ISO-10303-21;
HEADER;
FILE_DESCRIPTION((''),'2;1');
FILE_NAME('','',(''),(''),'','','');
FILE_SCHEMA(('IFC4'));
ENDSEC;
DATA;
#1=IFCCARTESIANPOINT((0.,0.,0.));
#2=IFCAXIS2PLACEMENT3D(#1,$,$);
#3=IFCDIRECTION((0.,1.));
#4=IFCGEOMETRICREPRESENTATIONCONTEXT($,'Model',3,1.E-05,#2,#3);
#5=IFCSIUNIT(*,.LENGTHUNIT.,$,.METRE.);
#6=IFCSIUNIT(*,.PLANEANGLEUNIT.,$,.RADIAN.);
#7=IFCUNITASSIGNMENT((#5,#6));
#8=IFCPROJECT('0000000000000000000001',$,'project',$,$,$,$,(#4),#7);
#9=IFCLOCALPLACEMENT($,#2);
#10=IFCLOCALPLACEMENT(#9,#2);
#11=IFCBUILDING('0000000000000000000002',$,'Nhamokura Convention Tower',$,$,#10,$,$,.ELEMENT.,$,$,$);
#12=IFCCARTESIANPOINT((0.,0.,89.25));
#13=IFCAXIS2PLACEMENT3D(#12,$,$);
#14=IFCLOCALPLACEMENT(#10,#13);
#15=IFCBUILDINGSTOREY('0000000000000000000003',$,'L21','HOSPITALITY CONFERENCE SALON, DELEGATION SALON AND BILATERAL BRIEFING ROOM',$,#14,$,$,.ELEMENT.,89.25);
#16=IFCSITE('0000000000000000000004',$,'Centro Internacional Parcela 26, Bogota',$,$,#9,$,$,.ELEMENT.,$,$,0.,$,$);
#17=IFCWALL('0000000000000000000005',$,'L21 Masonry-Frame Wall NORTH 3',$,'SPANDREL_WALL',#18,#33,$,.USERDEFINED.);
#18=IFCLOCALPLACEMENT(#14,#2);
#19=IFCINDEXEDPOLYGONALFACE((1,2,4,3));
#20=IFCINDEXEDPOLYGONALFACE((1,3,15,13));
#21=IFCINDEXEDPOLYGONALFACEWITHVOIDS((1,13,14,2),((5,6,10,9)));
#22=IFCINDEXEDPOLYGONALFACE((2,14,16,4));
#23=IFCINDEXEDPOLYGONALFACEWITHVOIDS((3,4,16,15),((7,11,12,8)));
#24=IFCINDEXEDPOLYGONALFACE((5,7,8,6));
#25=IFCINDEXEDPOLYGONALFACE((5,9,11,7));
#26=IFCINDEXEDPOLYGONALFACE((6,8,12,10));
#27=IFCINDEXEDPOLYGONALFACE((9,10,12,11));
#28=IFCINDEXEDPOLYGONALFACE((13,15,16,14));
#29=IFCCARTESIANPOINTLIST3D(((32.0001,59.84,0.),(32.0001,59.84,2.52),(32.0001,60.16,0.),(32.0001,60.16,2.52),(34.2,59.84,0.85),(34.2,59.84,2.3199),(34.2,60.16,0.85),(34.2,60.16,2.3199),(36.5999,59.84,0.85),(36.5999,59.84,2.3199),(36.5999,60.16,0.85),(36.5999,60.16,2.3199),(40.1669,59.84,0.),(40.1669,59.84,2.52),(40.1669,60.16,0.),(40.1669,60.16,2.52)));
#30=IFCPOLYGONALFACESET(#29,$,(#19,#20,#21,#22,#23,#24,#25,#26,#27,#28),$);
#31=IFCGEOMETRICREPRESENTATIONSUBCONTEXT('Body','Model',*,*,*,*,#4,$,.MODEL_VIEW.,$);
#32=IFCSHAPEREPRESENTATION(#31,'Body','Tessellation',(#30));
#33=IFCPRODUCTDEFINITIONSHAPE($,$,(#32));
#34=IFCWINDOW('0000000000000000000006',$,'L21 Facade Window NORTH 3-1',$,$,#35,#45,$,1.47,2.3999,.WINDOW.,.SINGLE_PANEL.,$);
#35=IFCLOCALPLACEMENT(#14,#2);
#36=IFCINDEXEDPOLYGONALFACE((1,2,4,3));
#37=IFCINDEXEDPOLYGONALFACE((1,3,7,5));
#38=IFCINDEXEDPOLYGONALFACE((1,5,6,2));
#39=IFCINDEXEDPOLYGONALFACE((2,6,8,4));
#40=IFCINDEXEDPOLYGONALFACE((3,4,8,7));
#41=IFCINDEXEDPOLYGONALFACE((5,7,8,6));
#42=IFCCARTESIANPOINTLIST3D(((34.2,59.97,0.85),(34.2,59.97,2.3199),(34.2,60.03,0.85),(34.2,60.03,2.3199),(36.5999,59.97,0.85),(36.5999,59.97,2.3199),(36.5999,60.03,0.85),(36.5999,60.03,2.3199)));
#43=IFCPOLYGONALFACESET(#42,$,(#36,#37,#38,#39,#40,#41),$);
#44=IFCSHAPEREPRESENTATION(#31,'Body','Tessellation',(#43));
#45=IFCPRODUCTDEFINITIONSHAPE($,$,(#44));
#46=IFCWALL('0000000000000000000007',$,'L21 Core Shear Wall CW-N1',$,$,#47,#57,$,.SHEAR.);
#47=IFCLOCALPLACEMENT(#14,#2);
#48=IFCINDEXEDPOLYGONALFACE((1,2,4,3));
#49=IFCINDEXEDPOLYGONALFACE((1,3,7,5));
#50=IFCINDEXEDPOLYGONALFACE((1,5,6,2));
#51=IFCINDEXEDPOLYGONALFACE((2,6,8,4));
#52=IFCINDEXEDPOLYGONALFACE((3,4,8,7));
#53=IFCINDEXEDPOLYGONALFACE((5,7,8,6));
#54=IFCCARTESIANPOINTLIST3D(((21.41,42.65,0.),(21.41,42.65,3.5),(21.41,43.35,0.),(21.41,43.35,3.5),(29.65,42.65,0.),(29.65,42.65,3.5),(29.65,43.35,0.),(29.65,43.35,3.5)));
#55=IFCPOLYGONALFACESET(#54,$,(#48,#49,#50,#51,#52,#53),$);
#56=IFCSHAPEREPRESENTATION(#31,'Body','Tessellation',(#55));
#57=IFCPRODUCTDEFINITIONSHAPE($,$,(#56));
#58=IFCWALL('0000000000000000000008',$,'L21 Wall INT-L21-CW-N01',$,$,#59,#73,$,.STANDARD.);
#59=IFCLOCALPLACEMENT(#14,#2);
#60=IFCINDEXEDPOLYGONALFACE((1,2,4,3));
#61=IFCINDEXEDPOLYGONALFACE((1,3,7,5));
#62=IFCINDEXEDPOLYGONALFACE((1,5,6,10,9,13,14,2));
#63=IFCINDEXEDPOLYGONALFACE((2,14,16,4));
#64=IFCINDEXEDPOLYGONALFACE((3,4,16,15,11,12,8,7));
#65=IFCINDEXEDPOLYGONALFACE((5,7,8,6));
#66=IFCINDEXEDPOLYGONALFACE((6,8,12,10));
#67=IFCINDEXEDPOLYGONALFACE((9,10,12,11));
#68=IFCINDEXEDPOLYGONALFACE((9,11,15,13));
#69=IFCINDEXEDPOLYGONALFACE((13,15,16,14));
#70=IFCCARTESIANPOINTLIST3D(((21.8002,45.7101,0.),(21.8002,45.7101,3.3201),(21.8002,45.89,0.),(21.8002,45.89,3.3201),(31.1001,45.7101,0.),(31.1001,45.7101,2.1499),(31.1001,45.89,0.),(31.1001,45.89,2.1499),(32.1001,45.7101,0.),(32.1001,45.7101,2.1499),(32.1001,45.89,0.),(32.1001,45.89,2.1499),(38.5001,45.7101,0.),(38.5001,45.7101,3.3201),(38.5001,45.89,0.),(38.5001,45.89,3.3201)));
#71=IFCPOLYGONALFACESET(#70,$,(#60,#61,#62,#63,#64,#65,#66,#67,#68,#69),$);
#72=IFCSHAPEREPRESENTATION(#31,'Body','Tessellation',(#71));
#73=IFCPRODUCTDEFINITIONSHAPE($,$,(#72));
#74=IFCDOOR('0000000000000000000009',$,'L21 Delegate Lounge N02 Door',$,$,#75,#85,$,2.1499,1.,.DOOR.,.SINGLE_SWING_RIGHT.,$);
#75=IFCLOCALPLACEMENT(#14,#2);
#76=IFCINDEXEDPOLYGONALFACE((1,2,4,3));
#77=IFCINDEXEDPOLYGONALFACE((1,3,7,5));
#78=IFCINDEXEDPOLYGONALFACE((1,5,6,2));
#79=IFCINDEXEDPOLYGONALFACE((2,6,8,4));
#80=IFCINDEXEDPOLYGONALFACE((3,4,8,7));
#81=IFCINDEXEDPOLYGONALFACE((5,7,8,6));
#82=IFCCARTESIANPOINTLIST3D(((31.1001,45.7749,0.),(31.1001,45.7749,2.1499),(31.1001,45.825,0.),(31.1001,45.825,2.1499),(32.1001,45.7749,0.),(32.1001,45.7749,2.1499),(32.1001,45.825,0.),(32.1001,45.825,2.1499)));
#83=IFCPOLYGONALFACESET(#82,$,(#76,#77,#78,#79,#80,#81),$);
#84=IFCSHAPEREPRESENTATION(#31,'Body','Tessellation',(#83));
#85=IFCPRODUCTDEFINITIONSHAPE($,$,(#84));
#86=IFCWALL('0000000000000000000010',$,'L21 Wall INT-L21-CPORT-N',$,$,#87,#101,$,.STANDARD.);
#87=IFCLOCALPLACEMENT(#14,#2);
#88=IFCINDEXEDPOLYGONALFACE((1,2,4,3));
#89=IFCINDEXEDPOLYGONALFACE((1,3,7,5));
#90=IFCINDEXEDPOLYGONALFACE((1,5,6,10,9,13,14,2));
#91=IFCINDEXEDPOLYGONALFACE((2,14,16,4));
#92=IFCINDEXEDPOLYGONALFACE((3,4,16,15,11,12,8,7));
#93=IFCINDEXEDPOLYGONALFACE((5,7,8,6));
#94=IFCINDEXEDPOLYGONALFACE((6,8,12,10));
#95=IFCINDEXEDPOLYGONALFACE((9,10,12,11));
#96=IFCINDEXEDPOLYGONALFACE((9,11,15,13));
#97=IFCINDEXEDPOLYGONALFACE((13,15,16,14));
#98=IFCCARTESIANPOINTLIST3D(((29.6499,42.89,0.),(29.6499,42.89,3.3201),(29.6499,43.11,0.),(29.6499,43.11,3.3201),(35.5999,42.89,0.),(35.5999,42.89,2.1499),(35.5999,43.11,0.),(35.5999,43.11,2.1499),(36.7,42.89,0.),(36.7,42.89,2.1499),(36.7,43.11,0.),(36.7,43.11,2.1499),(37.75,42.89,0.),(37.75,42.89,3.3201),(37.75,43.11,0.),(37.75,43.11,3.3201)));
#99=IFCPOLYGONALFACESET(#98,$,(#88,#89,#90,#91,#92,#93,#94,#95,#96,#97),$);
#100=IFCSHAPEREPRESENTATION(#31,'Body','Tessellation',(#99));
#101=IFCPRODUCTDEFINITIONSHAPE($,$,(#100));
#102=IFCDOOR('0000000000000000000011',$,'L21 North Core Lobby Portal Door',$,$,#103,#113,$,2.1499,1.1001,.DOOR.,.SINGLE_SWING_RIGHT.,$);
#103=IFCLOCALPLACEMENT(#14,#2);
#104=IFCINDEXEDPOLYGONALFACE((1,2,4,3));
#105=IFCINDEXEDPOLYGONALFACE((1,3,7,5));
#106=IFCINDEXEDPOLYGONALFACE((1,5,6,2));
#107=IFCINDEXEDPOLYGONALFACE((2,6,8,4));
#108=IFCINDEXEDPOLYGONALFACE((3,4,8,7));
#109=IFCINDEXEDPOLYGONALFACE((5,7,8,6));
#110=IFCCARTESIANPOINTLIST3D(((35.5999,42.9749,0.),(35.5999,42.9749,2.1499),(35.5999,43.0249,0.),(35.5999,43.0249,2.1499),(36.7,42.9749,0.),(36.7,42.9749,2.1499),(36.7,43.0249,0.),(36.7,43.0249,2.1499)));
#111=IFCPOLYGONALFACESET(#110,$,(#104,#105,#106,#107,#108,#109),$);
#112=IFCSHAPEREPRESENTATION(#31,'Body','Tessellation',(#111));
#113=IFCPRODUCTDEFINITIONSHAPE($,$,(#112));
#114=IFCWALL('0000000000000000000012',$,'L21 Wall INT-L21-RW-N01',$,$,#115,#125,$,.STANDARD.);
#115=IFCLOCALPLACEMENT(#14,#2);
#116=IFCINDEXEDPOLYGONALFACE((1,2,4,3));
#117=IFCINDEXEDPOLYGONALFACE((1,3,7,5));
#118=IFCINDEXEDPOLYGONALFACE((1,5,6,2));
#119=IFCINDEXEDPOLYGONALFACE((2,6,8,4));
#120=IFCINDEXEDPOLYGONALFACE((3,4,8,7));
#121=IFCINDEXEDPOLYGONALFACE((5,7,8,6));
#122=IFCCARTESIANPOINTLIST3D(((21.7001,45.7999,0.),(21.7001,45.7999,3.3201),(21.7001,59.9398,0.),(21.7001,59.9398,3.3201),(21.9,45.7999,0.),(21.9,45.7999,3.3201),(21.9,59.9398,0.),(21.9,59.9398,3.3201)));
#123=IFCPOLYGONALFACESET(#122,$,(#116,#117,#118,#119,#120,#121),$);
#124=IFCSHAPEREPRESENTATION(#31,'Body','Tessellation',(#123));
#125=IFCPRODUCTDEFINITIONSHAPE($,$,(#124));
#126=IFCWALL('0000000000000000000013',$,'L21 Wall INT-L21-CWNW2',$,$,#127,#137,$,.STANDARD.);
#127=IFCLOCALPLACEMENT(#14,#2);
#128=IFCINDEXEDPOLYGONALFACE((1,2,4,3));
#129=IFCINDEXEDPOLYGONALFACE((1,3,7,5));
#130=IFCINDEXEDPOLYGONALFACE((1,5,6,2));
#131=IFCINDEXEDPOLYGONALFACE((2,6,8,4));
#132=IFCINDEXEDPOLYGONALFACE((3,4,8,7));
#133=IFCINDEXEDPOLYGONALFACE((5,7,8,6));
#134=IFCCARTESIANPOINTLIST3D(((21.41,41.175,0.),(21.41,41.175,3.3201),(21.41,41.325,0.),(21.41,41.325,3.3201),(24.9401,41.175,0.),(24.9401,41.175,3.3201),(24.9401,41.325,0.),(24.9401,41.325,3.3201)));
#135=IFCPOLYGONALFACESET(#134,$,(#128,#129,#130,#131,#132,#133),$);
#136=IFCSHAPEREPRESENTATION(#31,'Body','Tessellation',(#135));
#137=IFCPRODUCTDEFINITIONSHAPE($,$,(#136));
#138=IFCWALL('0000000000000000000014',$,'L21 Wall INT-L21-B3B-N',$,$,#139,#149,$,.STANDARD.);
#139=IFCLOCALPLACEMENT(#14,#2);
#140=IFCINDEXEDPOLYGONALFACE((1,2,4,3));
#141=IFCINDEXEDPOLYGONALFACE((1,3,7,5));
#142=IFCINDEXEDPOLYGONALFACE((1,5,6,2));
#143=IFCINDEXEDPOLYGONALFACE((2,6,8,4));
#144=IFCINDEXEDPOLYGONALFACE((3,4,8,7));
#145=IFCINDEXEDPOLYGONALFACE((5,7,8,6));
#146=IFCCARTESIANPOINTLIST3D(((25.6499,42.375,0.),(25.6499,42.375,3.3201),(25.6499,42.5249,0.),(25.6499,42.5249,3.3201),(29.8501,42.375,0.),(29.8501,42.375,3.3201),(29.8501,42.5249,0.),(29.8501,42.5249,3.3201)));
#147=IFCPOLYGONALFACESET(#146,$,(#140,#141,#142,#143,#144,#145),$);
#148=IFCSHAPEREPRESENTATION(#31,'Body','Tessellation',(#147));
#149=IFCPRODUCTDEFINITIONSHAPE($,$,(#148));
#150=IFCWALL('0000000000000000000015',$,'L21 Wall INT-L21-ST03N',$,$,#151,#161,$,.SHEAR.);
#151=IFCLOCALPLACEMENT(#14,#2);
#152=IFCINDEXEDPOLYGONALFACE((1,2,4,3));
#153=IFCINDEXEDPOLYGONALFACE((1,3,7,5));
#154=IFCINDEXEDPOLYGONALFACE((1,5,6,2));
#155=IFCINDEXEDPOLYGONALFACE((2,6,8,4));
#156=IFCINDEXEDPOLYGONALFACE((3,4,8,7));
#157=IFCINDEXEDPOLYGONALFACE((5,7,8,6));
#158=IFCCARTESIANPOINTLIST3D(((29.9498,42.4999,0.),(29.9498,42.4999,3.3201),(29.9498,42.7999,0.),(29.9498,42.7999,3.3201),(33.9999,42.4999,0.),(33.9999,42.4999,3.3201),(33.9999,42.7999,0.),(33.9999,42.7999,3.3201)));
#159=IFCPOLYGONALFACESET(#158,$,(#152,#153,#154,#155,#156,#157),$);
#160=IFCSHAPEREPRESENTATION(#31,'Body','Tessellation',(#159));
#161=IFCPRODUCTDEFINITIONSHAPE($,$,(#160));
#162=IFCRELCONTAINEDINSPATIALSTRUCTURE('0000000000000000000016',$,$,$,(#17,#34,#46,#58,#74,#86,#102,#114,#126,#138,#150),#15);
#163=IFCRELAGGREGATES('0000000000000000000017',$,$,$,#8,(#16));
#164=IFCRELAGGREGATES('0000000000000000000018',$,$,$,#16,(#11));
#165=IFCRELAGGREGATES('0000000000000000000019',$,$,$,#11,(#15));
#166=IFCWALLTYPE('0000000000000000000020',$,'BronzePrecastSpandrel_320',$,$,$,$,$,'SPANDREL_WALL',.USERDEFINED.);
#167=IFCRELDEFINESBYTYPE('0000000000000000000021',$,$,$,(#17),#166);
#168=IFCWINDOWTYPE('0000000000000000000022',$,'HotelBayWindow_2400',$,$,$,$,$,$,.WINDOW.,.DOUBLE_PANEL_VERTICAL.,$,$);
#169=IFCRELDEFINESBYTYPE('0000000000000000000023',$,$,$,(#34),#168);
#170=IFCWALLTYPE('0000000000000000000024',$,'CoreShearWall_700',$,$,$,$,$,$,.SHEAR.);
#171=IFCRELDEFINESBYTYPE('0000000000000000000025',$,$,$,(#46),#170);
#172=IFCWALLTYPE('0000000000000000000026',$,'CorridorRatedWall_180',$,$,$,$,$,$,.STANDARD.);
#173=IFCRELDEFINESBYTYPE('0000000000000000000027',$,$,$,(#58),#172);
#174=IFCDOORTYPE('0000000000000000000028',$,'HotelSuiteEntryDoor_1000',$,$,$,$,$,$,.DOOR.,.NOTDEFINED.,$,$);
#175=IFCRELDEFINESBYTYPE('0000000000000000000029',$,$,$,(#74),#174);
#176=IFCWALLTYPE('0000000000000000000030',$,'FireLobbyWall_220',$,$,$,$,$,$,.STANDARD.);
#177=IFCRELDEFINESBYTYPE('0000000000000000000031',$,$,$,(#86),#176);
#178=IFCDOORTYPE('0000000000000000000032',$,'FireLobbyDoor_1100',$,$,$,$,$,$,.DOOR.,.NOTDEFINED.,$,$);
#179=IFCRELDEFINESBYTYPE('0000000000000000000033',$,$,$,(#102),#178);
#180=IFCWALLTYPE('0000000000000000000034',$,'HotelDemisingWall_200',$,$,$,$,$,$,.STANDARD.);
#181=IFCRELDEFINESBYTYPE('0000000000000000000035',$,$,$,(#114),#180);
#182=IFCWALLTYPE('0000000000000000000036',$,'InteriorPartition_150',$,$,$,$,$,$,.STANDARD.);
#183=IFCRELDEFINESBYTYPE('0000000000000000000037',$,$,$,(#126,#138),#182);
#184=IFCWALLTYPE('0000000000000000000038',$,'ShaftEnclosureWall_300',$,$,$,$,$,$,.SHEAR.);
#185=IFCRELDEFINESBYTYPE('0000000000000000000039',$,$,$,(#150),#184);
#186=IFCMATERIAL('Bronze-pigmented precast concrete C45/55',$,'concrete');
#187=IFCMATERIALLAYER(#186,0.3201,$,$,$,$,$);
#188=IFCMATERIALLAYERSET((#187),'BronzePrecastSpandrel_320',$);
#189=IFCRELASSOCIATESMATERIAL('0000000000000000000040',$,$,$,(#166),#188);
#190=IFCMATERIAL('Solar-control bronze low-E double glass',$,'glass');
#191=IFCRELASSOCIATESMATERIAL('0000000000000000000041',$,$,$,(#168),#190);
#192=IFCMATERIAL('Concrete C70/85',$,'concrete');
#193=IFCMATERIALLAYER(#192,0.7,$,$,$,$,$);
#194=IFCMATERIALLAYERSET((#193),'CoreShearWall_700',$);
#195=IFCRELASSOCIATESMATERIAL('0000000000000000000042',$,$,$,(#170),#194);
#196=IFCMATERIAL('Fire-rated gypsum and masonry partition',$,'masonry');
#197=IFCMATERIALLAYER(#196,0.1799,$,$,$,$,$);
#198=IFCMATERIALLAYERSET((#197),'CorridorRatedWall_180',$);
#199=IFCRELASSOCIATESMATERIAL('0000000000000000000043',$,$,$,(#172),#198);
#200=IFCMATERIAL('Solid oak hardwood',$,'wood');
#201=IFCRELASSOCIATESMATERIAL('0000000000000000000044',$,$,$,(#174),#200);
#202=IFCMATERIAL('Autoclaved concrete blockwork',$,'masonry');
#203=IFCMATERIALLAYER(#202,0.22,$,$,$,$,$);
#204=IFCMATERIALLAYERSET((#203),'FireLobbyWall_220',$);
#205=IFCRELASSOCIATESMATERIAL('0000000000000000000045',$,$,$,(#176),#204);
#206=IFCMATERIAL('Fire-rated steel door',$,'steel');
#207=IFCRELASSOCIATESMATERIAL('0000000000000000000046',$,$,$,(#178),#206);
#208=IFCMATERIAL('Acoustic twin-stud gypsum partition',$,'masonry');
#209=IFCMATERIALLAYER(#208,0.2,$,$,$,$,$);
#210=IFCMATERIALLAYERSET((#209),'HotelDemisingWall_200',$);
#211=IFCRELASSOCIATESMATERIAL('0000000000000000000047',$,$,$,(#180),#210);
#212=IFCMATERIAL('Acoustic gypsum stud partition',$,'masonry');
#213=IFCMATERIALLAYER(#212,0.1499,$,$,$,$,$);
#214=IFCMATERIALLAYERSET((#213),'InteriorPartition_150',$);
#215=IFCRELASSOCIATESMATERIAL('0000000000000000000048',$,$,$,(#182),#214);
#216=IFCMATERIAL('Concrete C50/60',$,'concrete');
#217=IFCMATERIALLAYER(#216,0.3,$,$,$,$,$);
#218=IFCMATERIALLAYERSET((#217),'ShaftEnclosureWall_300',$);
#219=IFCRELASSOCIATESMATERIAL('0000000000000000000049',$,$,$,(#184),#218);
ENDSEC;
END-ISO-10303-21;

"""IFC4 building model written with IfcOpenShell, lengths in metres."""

from ifc_helpers import new_model, si_unit, direction, frame, frame_2d, origin, place, context, subcontext, project, spatial, rectangle, extrude, material, layer, layer_set, type_object, element, fill, save


model = new_model("IFC4")

# Units and contexts
model_context = context("Model", 3, precision=1e-05, world=origin(), true_north=direction((0.0, 1.0)))
body_context = subcontext(model_context, "Body", "Model", "MODEL_VIEW")
ifc_project = project(units=[si_unit("LENGTHUNIT", "METRE"), si_unit("PLANEANGLEUNIT", "RADIAN")], contexts=[model_context])

# Site, building, storey
site_placement = place(None, origin())
site = spatial("IfcSite", under=ifc_project, at=site_placement, Name="Centro Internacional Parcela 26, Bogota", CompositionType="ELEMENT", RefElevation=0.0)
building_placement = place(site_placement, origin())
building = spatial("IfcBuilding", under=site, at=building_placement, Name="Nhamokura Convention Tower", CompositionType="ELEMENT")
storey_placement = place(building_placement, frame((0.0, 0.0, 89.25)))
storey = spatial("IfcBuildingStorey", under=building, at=storey_placement, Name="L21", Description="HOSPITALITY CONFERENCE SALON, DELEGATION SALON AND BILATERAL BRIEFING ROOM", CompositionType="ELEMENT", Elevation=89.25)

# Wall, opening, window
ifc_material_1 = material(Name="Bronze-pigmented precast concrete C45/55", Category="concrete")
ifc_layer_1 = layer(ifc_material_1, 0.3201)
ifc_layer_set_1 = layer_set([ifc_layer_1], Name="BronzePrecastSpandrel_320")
wall_type_1 = type_object("IfcWallType", Name="BronzePrecastSpandrel_320", ElementType="SPANDREL_WALL", PredefinedType="USERDEFINED", material=ifc_layer_set_1)
ifc_material_2 = material(Name="Solar-control bronze low-E double glass", Category="glass")
window_type = type_object("IfcWindowType", Name="HotelBayWindow_2400", PartitioningType="DOUBLE_PANEL_VERTICAL", PredefinedType="WINDOW", material=ifc_material_2)
wall_1_placement = place(storey_placement, frame((32.0, 60.0, 0.0), z_axis=(0.0, 0.0, 1.0), x_axis=(1.0, 0.0, 0.0)))
wall_1 = element("IfcWall", 1, at=wall_1_placement, inside=storey, type_object=wall_type_1, Name="L21 Masonry-Frame Wall NORTH 3", ObjectType="SPANDREL_WALL", PredefinedType="USERDEFINED", context=body_context, shape_type="SweptSolid", body=[
    extrude(rectangle(XDim=8.1667, YDim=0.3201, at=frame_2d((4.0835, 0.0))), origin(), (0.0, 0.0, 1.0), 2.52),
])
opening_1_placement = place(wall_1_placement, frame((2.2, 0.0, 0.8501)))
opening_1 = element("IfcOpeningElement", 2, at=opening_1_placement, cuts=wall_1, PredefinedType="OPENING", context=body_context, shape_type="SweptSolid", body=[
    extrude(rectangle(XDim=2.3999, YDim=1.47, at=frame_2d((1.2, 0.7349))), frame((0.0, 0.1699, 0.0), z_axis=(0.0, -1.0, 0.0), x_axis=(1.0, 0.0, 0.0)), (0.0, 0.0, 1.0), 0.3401),
])
window_1_placement = place(opening_1_placement, origin())
window_1 = element("IfcWindow", 3, at=window_1_placement, inside=storey, type_object=window_type, Name="L21 Facade Window NORTH 3-1", OverallHeight=1.47, OverallWidth=2.3999, PartitioningType="SINGLE_PANEL", PredefinedType="WINDOW", context=body_context, shape_type="SweptSolid", body=[
    extrude(rectangle(XDim=2.3999, YDim=1.47, at=frame_2d((1.2, 0.7349))), frame((0.0, 0.03, 0.0), z_axis=(0.0, -1.0, 0.0), x_axis=(1.0, 0.0, 0.0)), (0.0, 0.0, 1.0), 0.0601),
])
fill(opening_1, window_1)

# Wall
ifc_material_3 = material(Name="Concrete C70/85", Category="concrete")
ifc_layer_2 = layer(ifc_material_3, 0.7)
ifc_layer_set_2 = layer_set([ifc_layer_2], Name="CoreShearWall_700")
wall_type_2 = type_object("IfcWallType", Name="CoreShearWall_700", PredefinedType="SHEAR", material=ifc_layer_set_2)
wall_2_placement = place(storey_placement, frame((21.4099, 43.0, 0.0), z_axis=(0.0, 0.0, 1.0), x_axis=(1.0, 0.0, 0.0)))
element("IfcWall", 4, at=wall_2_placement, inside=storey, type_object=wall_type_2, Name="L21 Core Shear Wall CW-N1", PredefinedType="SHEAR", context=body_context, shape_type="SweptSolid", body=[
    extrude(rectangle(XDim=8.24, YDim=0.7, at=frame_2d((4.1201, 0.0))), origin(), (0.0, 0.0, 1.0), 3.5),
])

# Walls, openings, doors
ifc_material_4 = material(Name="Fire-rated gypsum and masonry partition", Category="masonry")
ifc_layer_3 = layer(ifc_material_4, 0.1799)
ifc_layer_set_3 = layer_set([ifc_layer_3], Name="CorridorRatedWall_180")
wall_type_3 = type_object("IfcWallType", Name="CorridorRatedWall_180", PredefinedType="STANDARD", material=ifc_layer_set_3)
wall_3_placement = place(storey_placement, frame((21.8, 45.8, 0.0), z_axis=(0.0, 0.0, 1.0), x_axis=(1.0, 0.0, 0.0)))
wall_3 = element("IfcWall", 5, at=wall_3_placement, inside=storey, type_object=wall_type_3, Name="L21 Wall INT-L21-CW-N01", PredefinedType="STANDARD", context=body_context, shape_type="SweptSolid", body=[
    extrude(rectangle(XDim=16.7, YDim=0.1799, at=frame_2d((8.3501, 0.0))), origin(), (0.0, 0.0, 1.0), 3.3201),
])
opening_2_placement = place(wall_3_placement, frame((9.3, 0.0, 0.0)))
opening_2 = element("IfcOpeningElement", 6, at=opening_2_placement, cuts=wall_3, PredefinedType="OPENING", context=body_context, shape_type="SweptSolid", body=[
    extrude(rectangle(XDim=1.0, YDim=2.1499, at=frame_2d((0.5, 1.075))), frame((0.0, 0.0999, 0.0), z_axis=(0.0, -1.0, 0.0), x_axis=(1.0, 0.0, 0.0)), (0.0, 0.0, 1.0), 0.2),
])
ifc_material_5 = material(Name="Solid oak hardwood", Category="wood")
door_type_1 = type_object("IfcDoorType", Name="HotelSuiteEntryDoor_1000", OperationType="NOTDEFINED", PredefinedType="DOOR", material=ifc_material_5)
door_1_placement = place(opening_2_placement, origin())
door_1 = element("IfcDoor", 7, at=door_1_placement, inside=storey, type_object=door_type_1, Name="L21 Delegate Lounge N02 Door", OperationType="SINGLE_SWING_RIGHT", OverallHeight=2.1499, OverallWidth=1.0, PredefinedType="DOOR", context=body_context, shape_type="SweptSolid", body=[
    extrude(rectangle(XDim=1.0, YDim=2.1499, at=frame_2d((0.5, 1.075))), frame((0.0, 0.0249, 0.0), z_axis=(0.0, -1.0, 0.0), x_axis=(1.0, 0.0, 0.0)), (0.0, 0.0, 1.0), 0.05),
])
fill(opening_2, door_1)
ifc_material_6 = material(Name="Autoclaved concrete blockwork", Category="masonry")
ifc_layer_4 = layer(ifc_material_6, 0.22)
ifc_layer_set_4 = layer_set([ifc_layer_4], Name="FireLobbyWall_220")
wall_type_4 = type_object("IfcWallType", Name="FireLobbyWall_220", PredefinedType="STANDARD", material=ifc_layer_set_4)
wall_4_placement = place(storey_placement, frame((29.6499, 43.0, 0.0), z_axis=(0.0, 0.0, 1.0), x_axis=(1.0, 0.0, 0.0)))
wall_4 = element("IfcWall", 8, at=wall_4_placement, inside=storey, type_object=wall_type_4, Name="L21 Wall INT-L21-CPORT-N", PredefinedType="STANDARD", context=body_context, shape_type="SweptSolid", body=[
    extrude(rectangle(XDim=8.1001, YDim=0.22, at=frame_2d((4.05, 0.0))), origin(), (0.0, 0.0, 1.0), 3.3201),
])
opening_3_placement = place(wall_4_placement, frame((5.95, 0.0, 0.0)))
opening_3 = element("IfcOpeningElement", 9, at=opening_3_placement, cuts=wall_4, PredefinedType="OPENING", context=body_context, shape_type="SweptSolid", body=[
    extrude(rectangle(XDim=1.1001, YDim=2.1499, at=frame_2d((0.55, 1.075))), frame((0.0, 0.1199, 0.0), z_axis=(0.0, -1.0, 0.0), x_axis=(1.0, 0.0, 0.0)), (0.0, 0.0, 1.0), 0.24),
])
ifc_material_7 = material(Name="Fire-rated steel door", Category="steel")
door_type_2 = type_object("IfcDoorType", Name="FireLobbyDoor_1100", OperationType="NOTDEFINED", PredefinedType="DOOR", material=ifc_material_7)
door_2_placement = place(opening_3_placement, origin())
door_2 = element("IfcDoor", 10, at=door_2_placement, inside=storey, type_object=door_type_2, Name="L21 North Core Lobby Portal Door", OperationType="SINGLE_SWING_RIGHT", OverallHeight=2.1499, OverallWidth=1.1001, PredefinedType="DOOR", context=body_context, shape_type="SweptSolid", body=[
    extrude(rectangle(XDim=1.1001, YDim=2.1499, at=frame_2d((0.55, 1.075))), frame((0.0, 0.0249, 0.0), z_axis=(0.0, -1.0, 0.0), x_axis=(1.0, 0.0, 0.0)), (0.0, 0.0, 1.0), 0.05),
])
fill(opening_3, door_2)

# Walls
ifc_material_8 = material(Name="Acoustic twin-stud gypsum partition", Category="masonry")
ifc_layer_5 = layer(ifc_material_8, 0.2)
ifc_layer_set_5 = layer_set([ifc_layer_5], Name="HotelDemisingWall_200")
wall_type_5 = type_object("IfcWallType", Name="HotelDemisingWall_200", PredefinedType="STANDARD", material=ifc_layer_set_5)
wall_5_placement = place(storey_placement, frame((21.8, 45.8, 0.0), z_axis=(0.0, 0.0, 1.0), x_axis=(0.0, 1.0, 0.0)))
element("IfcWall", 11, at=wall_5_placement, inside=storey, type_object=wall_type_5, Name="L21 Wall INT-L21-RW-N01", PredefinedType="STANDARD", context=body_context, shape_type="SweptSolid", body=[
    extrude(rectangle(XDim=14.1399, YDim=0.2, at=frame_2d((7.0698, 0.0))), origin(), (0.0, 0.0, 1.0), 3.3201),
])
ifc_material_9 = material(Name="Acoustic gypsum stud partition", Category="masonry")
ifc_layer_6 = layer(ifc_material_9, 0.1499)
ifc_layer_set_6 = layer_set([ifc_layer_6], Name="InteriorPartition_150")
wall_type_6 = type_object("IfcWallType", Name="InteriorPartition_150", PredefinedType="STANDARD", material=ifc_layer_set_6)
wall_6_placement = place(storey_placement, frame((21.4099, 41.25, 0.0), z_axis=(0.0, 0.0, 1.0), x_axis=(1.0, 0.0, 0.0)))
element("IfcWall", 12, at=wall_6_placement, inside=storey, type_object=wall_type_6, Name="L21 Wall INT-L21-CWNW2", PredefinedType="STANDARD", context=body_context, shape_type="SweptSolid", body=[
    extrude(rectangle(XDim=3.53, YDim=0.1499, at=frame_2d((1.7651, 0.0))), origin(), (0.0, 0.0, 1.0), 3.3201),
])
wall_7_placement = place(storey_placement, frame((25.6499, 42.45, 0.0), z_axis=(0.0, 0.0, 1.0), x_axis=(1.0, 0.0, 0.0)))
element("IfcWall", 13, at=wall_7_placement, inside=storey, type_object=wall_type_6, Name="L21 Wall INT-L21-B3B-N", PredefinedType="STANDARD", context=body_context, shape_type="SweptSolid", body=[
    extrude(rectangle(XDim=4.2002, YDim=0.1499, at=frame_2d((2.1001, 0.0))), origin(), (0.0, 0.0, 1.0), 3.3201),
])
ifc_material_10 = material(Name="Concrete C50/60", Category="concrete")
ifc_layer_7 = layer(ifc_material_10, 0.3)
ifc_layer_set_7 = layer_set([ifc_layer_7], Name="ShaftEnclosureWall_300")
wall_type_7 = type_object("IfcWallType", Name="ShaftEnclosureWall_300", PredefinedType="SHEAR", material=ifc_layer_set_7)
wall_8_placement = place(storey_placement, frame((29.95, 42.6499, 0.0), z_axis=(0.0, 0.0, 1.0), x_axis=(1.0, 0.0, 0.0)))
element("IfcWall", 14, at=wall_8_placement, inside=storey, type_object=wall_type_7, Name="L21 Wall INT-L21-ST03N", PredefinedType="SHEAR", context=body_context, shape_type="SweptSolid", body=[
    extrude(rectangle(XDim=4.05, YDim=0.3, at=frame_2d((2.0249, 0.0))), origin(), (0.0, 0.0, 1.0), 3.3201),
])

save(model, "model.ifc")
